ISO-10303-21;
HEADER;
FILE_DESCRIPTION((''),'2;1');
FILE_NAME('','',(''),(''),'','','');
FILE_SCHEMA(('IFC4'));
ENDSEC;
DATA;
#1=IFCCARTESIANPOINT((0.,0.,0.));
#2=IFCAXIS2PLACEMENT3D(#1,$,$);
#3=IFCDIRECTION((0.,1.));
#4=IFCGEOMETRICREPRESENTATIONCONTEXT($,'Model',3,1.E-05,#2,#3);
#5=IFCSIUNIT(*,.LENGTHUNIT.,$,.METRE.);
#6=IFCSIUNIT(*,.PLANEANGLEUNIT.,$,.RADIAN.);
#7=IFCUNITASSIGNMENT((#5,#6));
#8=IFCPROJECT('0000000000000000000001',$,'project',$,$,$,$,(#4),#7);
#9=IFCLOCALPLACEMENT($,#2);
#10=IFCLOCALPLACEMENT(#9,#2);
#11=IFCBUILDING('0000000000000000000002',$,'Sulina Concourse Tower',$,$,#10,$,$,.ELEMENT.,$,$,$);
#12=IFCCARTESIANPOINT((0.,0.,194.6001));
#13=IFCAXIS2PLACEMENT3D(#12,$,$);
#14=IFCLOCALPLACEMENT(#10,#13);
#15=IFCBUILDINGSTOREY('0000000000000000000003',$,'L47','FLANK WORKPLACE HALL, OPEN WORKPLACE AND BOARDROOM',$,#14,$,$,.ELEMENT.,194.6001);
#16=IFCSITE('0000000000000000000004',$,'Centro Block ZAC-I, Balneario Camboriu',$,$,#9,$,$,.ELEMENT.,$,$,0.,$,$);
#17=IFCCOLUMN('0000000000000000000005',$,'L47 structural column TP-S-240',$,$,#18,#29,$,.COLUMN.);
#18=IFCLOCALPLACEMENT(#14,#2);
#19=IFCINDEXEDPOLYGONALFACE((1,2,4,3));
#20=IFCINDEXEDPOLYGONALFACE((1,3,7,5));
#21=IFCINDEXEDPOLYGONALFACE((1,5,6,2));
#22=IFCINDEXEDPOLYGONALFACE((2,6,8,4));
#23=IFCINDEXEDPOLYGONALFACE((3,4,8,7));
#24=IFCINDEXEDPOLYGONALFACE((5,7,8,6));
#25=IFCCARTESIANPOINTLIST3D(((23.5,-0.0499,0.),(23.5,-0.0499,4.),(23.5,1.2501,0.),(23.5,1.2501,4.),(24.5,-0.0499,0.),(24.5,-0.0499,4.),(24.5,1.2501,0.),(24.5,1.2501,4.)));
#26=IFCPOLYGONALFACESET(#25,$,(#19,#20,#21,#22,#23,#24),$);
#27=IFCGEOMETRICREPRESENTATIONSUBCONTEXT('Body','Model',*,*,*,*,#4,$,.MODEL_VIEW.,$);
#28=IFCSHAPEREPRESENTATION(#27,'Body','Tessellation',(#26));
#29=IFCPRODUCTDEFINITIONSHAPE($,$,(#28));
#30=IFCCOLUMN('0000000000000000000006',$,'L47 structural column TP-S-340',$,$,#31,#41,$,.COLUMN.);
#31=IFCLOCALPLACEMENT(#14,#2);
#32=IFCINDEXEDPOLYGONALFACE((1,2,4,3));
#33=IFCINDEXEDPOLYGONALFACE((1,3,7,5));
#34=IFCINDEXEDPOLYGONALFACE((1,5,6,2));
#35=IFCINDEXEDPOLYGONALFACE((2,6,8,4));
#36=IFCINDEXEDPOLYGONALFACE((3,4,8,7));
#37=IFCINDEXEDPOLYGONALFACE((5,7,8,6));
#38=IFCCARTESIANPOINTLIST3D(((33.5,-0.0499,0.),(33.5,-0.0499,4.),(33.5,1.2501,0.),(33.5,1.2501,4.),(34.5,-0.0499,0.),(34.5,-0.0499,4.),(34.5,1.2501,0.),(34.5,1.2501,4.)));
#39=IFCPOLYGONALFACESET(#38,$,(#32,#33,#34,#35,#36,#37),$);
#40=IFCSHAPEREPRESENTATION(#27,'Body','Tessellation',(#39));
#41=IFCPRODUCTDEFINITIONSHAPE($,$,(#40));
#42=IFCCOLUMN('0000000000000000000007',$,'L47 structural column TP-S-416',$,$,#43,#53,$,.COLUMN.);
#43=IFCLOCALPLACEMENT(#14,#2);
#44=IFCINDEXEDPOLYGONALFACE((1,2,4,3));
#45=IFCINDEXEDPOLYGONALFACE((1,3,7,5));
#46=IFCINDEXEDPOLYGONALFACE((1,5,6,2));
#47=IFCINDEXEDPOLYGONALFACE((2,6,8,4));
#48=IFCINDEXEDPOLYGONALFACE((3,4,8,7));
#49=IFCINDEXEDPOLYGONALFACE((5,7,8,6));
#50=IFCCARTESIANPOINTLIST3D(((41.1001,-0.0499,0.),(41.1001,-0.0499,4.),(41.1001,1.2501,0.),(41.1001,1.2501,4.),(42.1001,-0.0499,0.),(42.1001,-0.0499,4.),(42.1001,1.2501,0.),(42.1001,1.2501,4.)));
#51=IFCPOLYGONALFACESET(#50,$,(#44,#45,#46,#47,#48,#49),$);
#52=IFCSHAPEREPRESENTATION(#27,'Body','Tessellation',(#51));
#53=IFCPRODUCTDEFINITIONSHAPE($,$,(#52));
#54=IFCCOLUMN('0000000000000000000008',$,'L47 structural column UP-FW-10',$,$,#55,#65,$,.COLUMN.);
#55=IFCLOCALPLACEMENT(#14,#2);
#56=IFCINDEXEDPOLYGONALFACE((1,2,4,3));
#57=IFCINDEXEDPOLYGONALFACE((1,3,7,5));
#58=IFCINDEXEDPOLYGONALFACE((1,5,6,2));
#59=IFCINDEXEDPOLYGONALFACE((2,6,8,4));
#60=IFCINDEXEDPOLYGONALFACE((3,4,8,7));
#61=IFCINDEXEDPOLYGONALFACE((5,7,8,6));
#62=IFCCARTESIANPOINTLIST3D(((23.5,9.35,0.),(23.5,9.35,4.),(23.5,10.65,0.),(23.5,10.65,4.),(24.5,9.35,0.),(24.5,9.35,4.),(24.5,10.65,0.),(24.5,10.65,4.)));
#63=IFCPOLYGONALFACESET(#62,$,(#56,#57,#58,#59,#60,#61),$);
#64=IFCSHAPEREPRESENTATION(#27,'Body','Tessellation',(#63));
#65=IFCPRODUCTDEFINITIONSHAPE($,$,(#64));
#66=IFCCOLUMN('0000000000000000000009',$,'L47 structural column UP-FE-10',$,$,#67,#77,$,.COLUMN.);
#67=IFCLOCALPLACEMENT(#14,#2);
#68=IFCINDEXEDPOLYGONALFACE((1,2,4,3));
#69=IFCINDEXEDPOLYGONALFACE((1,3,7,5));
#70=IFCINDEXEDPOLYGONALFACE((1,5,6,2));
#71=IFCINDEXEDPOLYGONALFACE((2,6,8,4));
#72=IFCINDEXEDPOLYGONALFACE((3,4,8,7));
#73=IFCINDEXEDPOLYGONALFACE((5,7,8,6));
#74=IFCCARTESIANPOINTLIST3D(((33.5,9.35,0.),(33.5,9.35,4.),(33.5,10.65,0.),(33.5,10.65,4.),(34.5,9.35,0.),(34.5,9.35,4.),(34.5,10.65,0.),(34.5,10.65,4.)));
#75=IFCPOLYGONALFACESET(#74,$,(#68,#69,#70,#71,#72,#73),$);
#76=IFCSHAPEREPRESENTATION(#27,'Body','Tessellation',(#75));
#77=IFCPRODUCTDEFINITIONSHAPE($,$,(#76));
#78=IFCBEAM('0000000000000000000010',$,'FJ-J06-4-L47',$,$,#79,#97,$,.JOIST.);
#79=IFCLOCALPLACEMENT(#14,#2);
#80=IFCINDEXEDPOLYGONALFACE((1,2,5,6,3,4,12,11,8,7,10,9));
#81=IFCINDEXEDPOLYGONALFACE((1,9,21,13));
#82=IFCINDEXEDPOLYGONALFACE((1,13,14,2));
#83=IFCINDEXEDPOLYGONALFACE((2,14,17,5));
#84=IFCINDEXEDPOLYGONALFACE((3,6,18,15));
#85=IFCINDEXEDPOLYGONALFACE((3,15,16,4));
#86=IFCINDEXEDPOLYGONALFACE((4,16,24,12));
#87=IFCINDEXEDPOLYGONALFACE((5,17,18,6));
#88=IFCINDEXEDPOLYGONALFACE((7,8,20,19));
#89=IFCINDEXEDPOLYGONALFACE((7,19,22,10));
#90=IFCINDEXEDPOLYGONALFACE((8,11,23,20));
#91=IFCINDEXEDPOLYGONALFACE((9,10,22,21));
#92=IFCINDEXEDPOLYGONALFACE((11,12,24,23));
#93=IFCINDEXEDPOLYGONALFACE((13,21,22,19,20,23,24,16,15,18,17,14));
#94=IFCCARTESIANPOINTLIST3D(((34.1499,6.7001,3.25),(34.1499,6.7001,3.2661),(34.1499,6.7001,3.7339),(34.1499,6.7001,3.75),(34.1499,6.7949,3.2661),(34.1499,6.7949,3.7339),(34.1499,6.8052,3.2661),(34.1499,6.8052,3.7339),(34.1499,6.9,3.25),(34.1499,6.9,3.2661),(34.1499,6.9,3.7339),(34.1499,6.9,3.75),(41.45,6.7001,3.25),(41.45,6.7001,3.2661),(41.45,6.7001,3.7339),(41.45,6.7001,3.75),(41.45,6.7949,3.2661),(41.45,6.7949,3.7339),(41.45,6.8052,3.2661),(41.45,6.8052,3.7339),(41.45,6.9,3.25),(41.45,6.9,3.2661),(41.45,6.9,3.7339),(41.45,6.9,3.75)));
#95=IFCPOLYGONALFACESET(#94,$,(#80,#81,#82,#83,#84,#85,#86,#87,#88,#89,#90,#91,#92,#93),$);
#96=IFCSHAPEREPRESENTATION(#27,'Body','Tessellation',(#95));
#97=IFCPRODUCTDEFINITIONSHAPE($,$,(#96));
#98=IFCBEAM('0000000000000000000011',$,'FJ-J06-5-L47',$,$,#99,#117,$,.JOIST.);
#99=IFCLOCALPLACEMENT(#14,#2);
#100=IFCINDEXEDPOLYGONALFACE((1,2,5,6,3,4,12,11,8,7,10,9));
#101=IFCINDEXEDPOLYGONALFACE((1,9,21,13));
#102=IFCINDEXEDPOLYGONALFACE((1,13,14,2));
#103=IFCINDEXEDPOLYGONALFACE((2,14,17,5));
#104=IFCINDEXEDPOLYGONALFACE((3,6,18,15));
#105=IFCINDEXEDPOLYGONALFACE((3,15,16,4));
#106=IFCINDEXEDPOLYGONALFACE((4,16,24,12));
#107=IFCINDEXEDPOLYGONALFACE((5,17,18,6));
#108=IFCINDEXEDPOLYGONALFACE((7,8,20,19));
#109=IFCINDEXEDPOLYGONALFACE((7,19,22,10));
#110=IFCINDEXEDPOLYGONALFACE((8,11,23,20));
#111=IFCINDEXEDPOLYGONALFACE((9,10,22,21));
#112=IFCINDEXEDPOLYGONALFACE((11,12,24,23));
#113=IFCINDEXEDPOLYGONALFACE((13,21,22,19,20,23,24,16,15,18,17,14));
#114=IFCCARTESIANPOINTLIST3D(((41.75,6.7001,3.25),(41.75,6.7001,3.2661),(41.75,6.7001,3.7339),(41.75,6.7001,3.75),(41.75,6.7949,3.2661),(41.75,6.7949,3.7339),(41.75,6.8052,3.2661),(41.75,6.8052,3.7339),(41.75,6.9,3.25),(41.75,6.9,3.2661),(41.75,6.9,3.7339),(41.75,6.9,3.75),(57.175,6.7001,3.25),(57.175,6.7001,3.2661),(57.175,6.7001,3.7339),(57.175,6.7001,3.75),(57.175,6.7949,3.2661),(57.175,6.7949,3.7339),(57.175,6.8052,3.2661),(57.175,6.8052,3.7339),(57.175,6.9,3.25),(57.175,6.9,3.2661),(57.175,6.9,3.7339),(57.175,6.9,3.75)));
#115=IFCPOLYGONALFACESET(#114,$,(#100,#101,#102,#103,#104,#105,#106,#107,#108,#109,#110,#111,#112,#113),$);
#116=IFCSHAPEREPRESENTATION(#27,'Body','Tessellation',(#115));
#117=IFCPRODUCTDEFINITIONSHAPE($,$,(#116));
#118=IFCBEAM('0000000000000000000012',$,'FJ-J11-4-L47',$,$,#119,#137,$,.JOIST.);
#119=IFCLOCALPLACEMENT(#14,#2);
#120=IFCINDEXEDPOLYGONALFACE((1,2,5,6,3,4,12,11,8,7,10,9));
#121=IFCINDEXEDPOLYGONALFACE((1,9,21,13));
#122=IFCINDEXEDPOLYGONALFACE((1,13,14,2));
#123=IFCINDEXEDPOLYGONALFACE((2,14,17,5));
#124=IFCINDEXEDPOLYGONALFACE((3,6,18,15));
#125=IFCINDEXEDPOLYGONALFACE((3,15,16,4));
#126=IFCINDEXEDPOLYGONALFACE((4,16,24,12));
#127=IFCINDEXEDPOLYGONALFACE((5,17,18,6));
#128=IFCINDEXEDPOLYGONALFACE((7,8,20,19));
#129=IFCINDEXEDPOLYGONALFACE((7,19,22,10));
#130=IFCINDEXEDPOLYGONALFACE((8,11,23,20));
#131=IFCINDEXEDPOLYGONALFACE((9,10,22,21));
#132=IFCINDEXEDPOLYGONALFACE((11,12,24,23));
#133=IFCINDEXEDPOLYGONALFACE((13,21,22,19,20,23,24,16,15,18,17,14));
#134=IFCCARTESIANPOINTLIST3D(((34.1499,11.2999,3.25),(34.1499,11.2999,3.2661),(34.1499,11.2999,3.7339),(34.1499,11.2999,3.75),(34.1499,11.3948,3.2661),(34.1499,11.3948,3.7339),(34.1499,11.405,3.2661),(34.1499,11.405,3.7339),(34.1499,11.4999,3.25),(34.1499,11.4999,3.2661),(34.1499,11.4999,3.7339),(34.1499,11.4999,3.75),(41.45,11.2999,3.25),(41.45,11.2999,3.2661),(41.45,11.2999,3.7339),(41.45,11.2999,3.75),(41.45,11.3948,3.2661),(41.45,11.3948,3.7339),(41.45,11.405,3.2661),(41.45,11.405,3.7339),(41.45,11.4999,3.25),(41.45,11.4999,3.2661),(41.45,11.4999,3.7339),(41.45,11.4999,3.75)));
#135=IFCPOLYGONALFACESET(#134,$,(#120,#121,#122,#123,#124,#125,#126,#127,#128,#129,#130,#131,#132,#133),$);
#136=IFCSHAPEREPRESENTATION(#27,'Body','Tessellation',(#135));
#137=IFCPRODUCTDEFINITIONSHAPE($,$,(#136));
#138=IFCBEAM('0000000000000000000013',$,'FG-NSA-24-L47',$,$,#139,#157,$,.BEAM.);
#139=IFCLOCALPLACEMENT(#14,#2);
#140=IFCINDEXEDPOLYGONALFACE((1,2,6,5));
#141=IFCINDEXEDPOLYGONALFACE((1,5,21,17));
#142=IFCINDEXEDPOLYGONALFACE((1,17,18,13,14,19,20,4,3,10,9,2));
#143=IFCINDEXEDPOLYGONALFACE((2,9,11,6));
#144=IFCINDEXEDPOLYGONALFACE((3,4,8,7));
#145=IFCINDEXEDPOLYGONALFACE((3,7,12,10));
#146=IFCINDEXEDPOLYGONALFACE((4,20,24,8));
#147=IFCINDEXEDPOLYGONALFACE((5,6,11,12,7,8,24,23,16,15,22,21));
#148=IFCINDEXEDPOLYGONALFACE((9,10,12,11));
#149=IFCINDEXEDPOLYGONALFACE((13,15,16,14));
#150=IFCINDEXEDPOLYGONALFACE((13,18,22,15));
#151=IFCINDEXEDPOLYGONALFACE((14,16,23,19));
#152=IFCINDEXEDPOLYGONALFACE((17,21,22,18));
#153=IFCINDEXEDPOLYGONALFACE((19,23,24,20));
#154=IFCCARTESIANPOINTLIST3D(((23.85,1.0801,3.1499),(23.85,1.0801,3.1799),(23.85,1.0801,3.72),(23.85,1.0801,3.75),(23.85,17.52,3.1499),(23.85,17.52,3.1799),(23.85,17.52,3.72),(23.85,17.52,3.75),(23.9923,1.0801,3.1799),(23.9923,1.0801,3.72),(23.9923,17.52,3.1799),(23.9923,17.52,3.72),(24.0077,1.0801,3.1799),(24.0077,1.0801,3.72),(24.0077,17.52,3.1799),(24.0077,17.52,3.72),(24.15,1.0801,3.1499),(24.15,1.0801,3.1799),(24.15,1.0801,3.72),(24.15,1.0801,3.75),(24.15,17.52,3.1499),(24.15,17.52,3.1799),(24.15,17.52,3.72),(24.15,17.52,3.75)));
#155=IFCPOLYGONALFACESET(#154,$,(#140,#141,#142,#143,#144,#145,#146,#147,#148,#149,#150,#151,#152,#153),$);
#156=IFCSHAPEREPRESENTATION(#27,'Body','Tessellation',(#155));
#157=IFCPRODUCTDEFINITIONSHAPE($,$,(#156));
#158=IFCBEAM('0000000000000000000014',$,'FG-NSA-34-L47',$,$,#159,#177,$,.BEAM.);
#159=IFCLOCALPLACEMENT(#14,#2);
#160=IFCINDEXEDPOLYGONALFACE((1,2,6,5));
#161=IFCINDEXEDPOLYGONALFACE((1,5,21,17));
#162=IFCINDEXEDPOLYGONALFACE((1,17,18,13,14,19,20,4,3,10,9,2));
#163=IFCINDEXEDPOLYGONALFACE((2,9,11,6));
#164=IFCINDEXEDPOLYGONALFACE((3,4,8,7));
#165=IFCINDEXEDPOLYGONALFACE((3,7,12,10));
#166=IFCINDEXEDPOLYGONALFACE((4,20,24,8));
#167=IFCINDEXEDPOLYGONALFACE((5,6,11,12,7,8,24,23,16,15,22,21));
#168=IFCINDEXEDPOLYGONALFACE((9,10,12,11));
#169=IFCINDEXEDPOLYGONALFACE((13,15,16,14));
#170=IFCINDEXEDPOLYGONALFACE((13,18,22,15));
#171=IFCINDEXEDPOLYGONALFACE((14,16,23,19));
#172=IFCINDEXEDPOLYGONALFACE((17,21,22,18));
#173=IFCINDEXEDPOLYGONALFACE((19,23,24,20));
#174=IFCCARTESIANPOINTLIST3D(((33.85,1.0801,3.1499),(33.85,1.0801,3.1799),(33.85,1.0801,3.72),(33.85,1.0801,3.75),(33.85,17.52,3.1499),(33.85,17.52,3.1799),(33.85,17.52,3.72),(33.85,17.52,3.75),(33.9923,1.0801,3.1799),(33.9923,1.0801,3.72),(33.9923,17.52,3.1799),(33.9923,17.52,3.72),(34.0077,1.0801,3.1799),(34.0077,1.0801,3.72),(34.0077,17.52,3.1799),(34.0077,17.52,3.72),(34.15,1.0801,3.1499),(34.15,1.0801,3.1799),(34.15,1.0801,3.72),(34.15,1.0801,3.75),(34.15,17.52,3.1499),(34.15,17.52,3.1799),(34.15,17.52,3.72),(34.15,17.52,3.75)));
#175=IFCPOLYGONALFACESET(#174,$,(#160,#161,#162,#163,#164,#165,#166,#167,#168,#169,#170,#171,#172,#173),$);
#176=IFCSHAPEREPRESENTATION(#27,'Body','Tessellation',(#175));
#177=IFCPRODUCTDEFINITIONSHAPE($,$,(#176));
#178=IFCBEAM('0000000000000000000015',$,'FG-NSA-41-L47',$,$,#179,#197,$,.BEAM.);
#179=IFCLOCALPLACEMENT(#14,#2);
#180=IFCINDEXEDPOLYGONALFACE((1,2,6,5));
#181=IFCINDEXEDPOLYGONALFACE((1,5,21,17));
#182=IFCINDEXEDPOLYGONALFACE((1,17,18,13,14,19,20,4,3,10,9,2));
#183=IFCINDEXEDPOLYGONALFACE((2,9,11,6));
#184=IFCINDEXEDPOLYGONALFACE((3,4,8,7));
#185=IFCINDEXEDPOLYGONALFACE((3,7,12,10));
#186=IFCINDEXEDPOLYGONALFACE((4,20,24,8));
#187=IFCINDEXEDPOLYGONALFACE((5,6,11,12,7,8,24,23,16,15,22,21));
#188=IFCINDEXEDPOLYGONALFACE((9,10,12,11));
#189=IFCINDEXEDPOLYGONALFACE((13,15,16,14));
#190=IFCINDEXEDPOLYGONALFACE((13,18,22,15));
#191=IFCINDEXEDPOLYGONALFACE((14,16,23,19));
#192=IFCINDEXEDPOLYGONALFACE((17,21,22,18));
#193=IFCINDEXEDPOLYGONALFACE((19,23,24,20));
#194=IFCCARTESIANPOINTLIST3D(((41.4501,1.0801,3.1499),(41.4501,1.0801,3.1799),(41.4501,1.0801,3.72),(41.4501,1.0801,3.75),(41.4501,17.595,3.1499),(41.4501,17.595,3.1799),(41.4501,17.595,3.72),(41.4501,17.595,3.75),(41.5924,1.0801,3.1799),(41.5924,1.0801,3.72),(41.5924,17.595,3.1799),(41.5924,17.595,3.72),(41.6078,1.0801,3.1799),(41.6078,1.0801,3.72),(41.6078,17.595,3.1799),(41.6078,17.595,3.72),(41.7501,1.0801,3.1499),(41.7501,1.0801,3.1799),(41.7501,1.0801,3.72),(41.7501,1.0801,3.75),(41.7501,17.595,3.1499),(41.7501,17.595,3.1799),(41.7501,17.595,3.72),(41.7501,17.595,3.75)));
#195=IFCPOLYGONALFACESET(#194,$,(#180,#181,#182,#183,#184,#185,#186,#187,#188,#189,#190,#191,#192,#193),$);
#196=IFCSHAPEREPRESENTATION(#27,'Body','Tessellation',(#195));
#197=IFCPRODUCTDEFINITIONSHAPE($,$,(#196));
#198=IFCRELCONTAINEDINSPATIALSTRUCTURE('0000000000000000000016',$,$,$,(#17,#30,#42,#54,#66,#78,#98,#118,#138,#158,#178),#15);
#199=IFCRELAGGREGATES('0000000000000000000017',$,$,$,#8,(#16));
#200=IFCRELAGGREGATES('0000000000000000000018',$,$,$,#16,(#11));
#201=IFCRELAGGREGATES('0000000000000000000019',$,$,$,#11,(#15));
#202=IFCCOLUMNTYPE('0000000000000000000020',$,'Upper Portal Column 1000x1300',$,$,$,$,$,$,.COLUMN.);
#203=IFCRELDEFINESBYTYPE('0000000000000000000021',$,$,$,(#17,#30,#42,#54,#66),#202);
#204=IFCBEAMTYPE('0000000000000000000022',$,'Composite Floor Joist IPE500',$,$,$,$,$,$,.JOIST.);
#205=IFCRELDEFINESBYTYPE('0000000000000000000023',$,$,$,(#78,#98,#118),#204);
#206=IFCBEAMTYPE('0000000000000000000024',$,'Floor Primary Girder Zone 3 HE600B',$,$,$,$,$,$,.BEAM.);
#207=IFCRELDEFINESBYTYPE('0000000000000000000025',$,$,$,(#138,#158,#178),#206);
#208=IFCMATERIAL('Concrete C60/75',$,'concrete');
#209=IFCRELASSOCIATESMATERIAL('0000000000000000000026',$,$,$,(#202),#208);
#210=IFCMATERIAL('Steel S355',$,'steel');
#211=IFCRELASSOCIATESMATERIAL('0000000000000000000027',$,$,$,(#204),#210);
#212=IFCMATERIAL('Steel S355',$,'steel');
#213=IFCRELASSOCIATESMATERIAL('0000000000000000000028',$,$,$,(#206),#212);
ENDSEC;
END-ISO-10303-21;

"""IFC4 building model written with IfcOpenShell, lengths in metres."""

from ifc_helpers import new_model, si_unit, direction, frame, origin, origin_2d, place, context, subcontext, project, spatial, rectangle, i_section, extrude, material, material_profile, profile_set, type_object, element, save


model = new_model("IFC4")

# Units and contexts
model_context = context("Model", 3, precision=1e-05, world=origin(), true_north=direction((0.0, 1.0)))
body_context = subcontext(model_context, "Body", "Model", "MODEL_VIEW")
ifc_project = project(units=[si_unit("LENGTHUNIT", "METRE"), si_unit("PLANEANGLEUNIT", "RADIAN")], contexts=[model_context])

# Site, building, storey
site_placement = place(None, origin())
site = spatial("IfcSite", under=ifc_project, at=site_placement, Name="Centro Block ZAC-I, Balneario Camboriu", CompositionType="ELEMENT", RefElevation=0.0)
building_placement = place(site_placement, origin())
building = spatial("IfcBuilding", under=site, at=building_placement, Name="Sulina Concourse Tower", CompositionType="ELEMENT")
storey_placement = place(building_placement, frame((0.0, 0.0, 194.6001)))
storey = spatial("IfcBuildingStorey", under=building, at=storey_placement, Name="L47", Description="FLANK WORKPLACE HALL, OPEN WORKPLACE AND BOARDROOM", CompositionType="ELEMENT", Elevation=194.6001)

# Columns
ifc_material_1 = material(Name="Concrete C60/75", Category="concrete")
ifc_material_profile_1 = material_profile(ifc_material_1, rectangle(XDim=1.0, YDim=1.3, at=origin_2d()), Name="RC 1000x1300")
ifc_profile_set_1 = profile_set([ifc_material_profile_1], Name="Concrete C60/75")
column_type = type_object("IfcColumnType", Name="Upper Portal Column 1000x1300", PredefinedType="COLUMN", material=ifc_profile_set_1)
for number, where, z_axis, x_axis, name in (
    (1, (24.0, 0.6001, 0.0), (0.0, 0.0, 1.0), (1.0, 0.0, 0.0), "L47 structural column TP-S-240"),
    (2, (34.0, 0.6001, 0.0), (0.0, 0.0, 1.0), (1.0, 0.0, 0.0), "L47 structural column TP-S-340"),
    (3, (41.6001, 0.6001, 0.0), (0.0, 0.0, 1.0), (1.0, 0.0, 0.0), "L47 structural column TP-S-416"),
    (4, (24.0, 10.0, 0.0), (0.0, 0.0, 1.0), (1.0, 0.0, 0.0), "L47 structural column UP-FW-10"),
    (5, (34.0, 10.0, 0.0), (0.0, 0.0, 1.0), (1.0, 0.0, 0.0), "L47 structural column UP-FE-10"),
):
    element("IfcColumn", number, at=place(storey_placement, frame(where, z_axis=z_axis, x_axis=x_axis)), inside=storey, type_object=column_type, Name=name, PredefinedType="COLUMN", context=body_context, shape_type="SweptSolid", body=[
        extrude(rectangle(XDim=1.0, YDim=1.3, at=origin_2d()), origin(), (0.0, 0.0, 1.0), 4.0),
    ])

# Beams
ifc_material_2 = material(Name="Steel S355", Category="steel")
ifc_material_profile_2 = material_profile(ifc_material_2, i_section(OverallWidth=0.2, OverallDepth=0.5, WebThickness=0.0103, FlangeThickness=0.0161, at=origin_2d()), Name="IPE 500")
ifc_profile_set_2 = profile_set([ifc_material_profile_2], Name="Steel S355")
beam_type_1 = type_object("IfcBeamType", Name="Composite Floor Joist IPE500", PredefinedType="JOIST", material=ifc_profile_set_2)
beam_1_placement = place(storey_placement, frame((34.1499, 6.8, 3.5), z_axis=(1.0, 0.0, 0.0), x_axis=(0.0, 1.0, 0.0)))
element("IfcBeam", 6, at=beam_1_placement, inside=storey, type_object=beam_type_1, Name="FJ-J06-4-L47", PredefinedType="JOIST", context=body_context, shape_type="SweptSolid", body=[
    extrude(i_section(OverallWidth=0.2, OverallDepth=0.5, WebThickness=0.0103, FlangeThickness=0.0161, at=origin_2d()), origin(), (0.0, 0.0, 1.0), 7.3),
])
beam_2_placement = place(storey_placement, frame((41.75, 6.8, 3.5), z_axis=(1.0, 0.0, 0.0), x_axis=(0.0, 1.0, 0.0)))
element("IfcBeam", 7, at=beam_2_placement, inside=storey, type_object=beam_type_1, Name="FJ-J06-5-L47", PredefinedType="JOIST", context=body_context, shape_type="SweptSolid", body=[
    extrude(i_section(OverallWidth=0.2, OverallDepth=0.5, WebThickness=0.0103, FlangeThickness=0.0161, at=origin_2d()), origin(), (0.0, 0.0, 1.0), 15.425),
])
beam_3_placement = place(storey_placement, frame((34.1499, 11.3999, 3.5), z_axis=(1.0, 0.0, 0.0), x_axis=(0.0, 1.0, 0.0)))
element("IfcBeam", 8, at=beam_3_placement, inside=storey, type_object=beam_type_1, Name="FJ-J11-4-L47", PredefinedType="JOIST", context=body_context, shape_type="SweptSolid", body=[
    extrude(i_section(OverallWidth=0.2, OverallDepth=0.5, WebThickness=0.0103, FlangeThickness=0.0161, at=origin_2d()), origin(), (0.0, 0.0, 1.0), 7.3),
])
ifc_material_3 = material(Name="Steel S355", Category="steel")
ifc_material_profile_3 = material_profile(ifc_material_3, i_section(OverallWidth=0.3, OverallDepth=0.6001, WebThickness=0.0154, FlangeThickness=0.03, at=origin_2d()), Name="HE 600 B")
ifc_profile_set_3 = profile_set([ifc_material_profile_3], Name="Steel S355")
beam_type_2 = type_object("IfcBeamType", Name="Floor Primary Girder Zone 3 HE600B", PredefinedType="BEAM", material=ifc_profile_set_3)
for number, where, z_axis, x_axis, name in (
    (9, (24.0, 1.0801, 3.45), (0.0, 1.0, 0.0), (-1.0, 0.0, 0.0), "FG-NSA-24-L47"),
    (10, (34.0, 1.0801, 3.45), (0.0, 1.0, 0.0), (-1.0, 0.0, 0.0), "FG-NSA-34-L47"),
):
    element("IfcBeam", number, at=place(storey_placement, frame(where, z_axis=z_axis, x_axis=x_axis)), inside=storey, type_object=beam_type_2, Name=name, PredefinedType="BEAM", context=body_context, shape_type="SweptSolid", body=[
        extrude(i_section(OverallWidth=0.3, OverallDepth=0.6001, WebThickness=0.0154, FlangeThickness=0.03, at=origin_2d()), origin(), (0.0, 0.0, 1.0), 16.4399),
    ])
beam_4_placement = place(storey_placement, frame((41.6001, 1.0801, 3.45), z_axis=(0.0, 1.0, 0.0), x_axis=(-1.0, 0.0, 0.0)))
element("IfcBeam", 11, at=beam_4_placement, inside=storey, type_object=beam_type_2, Name="FG-NSA-41-L47", PredefinedType="BEAM", context=body_context, shape_type="SweptSolid", body=[
    extrude(i_section(OverallWidth=0.3, OverallDepth=0.6001, WebThickness=0.0154, FlangeThickness=0.03, at=origin_2d()), origin(), (0.0, 0.0, 1.0), 16.5149),
])

save(model, "model.ifc")
